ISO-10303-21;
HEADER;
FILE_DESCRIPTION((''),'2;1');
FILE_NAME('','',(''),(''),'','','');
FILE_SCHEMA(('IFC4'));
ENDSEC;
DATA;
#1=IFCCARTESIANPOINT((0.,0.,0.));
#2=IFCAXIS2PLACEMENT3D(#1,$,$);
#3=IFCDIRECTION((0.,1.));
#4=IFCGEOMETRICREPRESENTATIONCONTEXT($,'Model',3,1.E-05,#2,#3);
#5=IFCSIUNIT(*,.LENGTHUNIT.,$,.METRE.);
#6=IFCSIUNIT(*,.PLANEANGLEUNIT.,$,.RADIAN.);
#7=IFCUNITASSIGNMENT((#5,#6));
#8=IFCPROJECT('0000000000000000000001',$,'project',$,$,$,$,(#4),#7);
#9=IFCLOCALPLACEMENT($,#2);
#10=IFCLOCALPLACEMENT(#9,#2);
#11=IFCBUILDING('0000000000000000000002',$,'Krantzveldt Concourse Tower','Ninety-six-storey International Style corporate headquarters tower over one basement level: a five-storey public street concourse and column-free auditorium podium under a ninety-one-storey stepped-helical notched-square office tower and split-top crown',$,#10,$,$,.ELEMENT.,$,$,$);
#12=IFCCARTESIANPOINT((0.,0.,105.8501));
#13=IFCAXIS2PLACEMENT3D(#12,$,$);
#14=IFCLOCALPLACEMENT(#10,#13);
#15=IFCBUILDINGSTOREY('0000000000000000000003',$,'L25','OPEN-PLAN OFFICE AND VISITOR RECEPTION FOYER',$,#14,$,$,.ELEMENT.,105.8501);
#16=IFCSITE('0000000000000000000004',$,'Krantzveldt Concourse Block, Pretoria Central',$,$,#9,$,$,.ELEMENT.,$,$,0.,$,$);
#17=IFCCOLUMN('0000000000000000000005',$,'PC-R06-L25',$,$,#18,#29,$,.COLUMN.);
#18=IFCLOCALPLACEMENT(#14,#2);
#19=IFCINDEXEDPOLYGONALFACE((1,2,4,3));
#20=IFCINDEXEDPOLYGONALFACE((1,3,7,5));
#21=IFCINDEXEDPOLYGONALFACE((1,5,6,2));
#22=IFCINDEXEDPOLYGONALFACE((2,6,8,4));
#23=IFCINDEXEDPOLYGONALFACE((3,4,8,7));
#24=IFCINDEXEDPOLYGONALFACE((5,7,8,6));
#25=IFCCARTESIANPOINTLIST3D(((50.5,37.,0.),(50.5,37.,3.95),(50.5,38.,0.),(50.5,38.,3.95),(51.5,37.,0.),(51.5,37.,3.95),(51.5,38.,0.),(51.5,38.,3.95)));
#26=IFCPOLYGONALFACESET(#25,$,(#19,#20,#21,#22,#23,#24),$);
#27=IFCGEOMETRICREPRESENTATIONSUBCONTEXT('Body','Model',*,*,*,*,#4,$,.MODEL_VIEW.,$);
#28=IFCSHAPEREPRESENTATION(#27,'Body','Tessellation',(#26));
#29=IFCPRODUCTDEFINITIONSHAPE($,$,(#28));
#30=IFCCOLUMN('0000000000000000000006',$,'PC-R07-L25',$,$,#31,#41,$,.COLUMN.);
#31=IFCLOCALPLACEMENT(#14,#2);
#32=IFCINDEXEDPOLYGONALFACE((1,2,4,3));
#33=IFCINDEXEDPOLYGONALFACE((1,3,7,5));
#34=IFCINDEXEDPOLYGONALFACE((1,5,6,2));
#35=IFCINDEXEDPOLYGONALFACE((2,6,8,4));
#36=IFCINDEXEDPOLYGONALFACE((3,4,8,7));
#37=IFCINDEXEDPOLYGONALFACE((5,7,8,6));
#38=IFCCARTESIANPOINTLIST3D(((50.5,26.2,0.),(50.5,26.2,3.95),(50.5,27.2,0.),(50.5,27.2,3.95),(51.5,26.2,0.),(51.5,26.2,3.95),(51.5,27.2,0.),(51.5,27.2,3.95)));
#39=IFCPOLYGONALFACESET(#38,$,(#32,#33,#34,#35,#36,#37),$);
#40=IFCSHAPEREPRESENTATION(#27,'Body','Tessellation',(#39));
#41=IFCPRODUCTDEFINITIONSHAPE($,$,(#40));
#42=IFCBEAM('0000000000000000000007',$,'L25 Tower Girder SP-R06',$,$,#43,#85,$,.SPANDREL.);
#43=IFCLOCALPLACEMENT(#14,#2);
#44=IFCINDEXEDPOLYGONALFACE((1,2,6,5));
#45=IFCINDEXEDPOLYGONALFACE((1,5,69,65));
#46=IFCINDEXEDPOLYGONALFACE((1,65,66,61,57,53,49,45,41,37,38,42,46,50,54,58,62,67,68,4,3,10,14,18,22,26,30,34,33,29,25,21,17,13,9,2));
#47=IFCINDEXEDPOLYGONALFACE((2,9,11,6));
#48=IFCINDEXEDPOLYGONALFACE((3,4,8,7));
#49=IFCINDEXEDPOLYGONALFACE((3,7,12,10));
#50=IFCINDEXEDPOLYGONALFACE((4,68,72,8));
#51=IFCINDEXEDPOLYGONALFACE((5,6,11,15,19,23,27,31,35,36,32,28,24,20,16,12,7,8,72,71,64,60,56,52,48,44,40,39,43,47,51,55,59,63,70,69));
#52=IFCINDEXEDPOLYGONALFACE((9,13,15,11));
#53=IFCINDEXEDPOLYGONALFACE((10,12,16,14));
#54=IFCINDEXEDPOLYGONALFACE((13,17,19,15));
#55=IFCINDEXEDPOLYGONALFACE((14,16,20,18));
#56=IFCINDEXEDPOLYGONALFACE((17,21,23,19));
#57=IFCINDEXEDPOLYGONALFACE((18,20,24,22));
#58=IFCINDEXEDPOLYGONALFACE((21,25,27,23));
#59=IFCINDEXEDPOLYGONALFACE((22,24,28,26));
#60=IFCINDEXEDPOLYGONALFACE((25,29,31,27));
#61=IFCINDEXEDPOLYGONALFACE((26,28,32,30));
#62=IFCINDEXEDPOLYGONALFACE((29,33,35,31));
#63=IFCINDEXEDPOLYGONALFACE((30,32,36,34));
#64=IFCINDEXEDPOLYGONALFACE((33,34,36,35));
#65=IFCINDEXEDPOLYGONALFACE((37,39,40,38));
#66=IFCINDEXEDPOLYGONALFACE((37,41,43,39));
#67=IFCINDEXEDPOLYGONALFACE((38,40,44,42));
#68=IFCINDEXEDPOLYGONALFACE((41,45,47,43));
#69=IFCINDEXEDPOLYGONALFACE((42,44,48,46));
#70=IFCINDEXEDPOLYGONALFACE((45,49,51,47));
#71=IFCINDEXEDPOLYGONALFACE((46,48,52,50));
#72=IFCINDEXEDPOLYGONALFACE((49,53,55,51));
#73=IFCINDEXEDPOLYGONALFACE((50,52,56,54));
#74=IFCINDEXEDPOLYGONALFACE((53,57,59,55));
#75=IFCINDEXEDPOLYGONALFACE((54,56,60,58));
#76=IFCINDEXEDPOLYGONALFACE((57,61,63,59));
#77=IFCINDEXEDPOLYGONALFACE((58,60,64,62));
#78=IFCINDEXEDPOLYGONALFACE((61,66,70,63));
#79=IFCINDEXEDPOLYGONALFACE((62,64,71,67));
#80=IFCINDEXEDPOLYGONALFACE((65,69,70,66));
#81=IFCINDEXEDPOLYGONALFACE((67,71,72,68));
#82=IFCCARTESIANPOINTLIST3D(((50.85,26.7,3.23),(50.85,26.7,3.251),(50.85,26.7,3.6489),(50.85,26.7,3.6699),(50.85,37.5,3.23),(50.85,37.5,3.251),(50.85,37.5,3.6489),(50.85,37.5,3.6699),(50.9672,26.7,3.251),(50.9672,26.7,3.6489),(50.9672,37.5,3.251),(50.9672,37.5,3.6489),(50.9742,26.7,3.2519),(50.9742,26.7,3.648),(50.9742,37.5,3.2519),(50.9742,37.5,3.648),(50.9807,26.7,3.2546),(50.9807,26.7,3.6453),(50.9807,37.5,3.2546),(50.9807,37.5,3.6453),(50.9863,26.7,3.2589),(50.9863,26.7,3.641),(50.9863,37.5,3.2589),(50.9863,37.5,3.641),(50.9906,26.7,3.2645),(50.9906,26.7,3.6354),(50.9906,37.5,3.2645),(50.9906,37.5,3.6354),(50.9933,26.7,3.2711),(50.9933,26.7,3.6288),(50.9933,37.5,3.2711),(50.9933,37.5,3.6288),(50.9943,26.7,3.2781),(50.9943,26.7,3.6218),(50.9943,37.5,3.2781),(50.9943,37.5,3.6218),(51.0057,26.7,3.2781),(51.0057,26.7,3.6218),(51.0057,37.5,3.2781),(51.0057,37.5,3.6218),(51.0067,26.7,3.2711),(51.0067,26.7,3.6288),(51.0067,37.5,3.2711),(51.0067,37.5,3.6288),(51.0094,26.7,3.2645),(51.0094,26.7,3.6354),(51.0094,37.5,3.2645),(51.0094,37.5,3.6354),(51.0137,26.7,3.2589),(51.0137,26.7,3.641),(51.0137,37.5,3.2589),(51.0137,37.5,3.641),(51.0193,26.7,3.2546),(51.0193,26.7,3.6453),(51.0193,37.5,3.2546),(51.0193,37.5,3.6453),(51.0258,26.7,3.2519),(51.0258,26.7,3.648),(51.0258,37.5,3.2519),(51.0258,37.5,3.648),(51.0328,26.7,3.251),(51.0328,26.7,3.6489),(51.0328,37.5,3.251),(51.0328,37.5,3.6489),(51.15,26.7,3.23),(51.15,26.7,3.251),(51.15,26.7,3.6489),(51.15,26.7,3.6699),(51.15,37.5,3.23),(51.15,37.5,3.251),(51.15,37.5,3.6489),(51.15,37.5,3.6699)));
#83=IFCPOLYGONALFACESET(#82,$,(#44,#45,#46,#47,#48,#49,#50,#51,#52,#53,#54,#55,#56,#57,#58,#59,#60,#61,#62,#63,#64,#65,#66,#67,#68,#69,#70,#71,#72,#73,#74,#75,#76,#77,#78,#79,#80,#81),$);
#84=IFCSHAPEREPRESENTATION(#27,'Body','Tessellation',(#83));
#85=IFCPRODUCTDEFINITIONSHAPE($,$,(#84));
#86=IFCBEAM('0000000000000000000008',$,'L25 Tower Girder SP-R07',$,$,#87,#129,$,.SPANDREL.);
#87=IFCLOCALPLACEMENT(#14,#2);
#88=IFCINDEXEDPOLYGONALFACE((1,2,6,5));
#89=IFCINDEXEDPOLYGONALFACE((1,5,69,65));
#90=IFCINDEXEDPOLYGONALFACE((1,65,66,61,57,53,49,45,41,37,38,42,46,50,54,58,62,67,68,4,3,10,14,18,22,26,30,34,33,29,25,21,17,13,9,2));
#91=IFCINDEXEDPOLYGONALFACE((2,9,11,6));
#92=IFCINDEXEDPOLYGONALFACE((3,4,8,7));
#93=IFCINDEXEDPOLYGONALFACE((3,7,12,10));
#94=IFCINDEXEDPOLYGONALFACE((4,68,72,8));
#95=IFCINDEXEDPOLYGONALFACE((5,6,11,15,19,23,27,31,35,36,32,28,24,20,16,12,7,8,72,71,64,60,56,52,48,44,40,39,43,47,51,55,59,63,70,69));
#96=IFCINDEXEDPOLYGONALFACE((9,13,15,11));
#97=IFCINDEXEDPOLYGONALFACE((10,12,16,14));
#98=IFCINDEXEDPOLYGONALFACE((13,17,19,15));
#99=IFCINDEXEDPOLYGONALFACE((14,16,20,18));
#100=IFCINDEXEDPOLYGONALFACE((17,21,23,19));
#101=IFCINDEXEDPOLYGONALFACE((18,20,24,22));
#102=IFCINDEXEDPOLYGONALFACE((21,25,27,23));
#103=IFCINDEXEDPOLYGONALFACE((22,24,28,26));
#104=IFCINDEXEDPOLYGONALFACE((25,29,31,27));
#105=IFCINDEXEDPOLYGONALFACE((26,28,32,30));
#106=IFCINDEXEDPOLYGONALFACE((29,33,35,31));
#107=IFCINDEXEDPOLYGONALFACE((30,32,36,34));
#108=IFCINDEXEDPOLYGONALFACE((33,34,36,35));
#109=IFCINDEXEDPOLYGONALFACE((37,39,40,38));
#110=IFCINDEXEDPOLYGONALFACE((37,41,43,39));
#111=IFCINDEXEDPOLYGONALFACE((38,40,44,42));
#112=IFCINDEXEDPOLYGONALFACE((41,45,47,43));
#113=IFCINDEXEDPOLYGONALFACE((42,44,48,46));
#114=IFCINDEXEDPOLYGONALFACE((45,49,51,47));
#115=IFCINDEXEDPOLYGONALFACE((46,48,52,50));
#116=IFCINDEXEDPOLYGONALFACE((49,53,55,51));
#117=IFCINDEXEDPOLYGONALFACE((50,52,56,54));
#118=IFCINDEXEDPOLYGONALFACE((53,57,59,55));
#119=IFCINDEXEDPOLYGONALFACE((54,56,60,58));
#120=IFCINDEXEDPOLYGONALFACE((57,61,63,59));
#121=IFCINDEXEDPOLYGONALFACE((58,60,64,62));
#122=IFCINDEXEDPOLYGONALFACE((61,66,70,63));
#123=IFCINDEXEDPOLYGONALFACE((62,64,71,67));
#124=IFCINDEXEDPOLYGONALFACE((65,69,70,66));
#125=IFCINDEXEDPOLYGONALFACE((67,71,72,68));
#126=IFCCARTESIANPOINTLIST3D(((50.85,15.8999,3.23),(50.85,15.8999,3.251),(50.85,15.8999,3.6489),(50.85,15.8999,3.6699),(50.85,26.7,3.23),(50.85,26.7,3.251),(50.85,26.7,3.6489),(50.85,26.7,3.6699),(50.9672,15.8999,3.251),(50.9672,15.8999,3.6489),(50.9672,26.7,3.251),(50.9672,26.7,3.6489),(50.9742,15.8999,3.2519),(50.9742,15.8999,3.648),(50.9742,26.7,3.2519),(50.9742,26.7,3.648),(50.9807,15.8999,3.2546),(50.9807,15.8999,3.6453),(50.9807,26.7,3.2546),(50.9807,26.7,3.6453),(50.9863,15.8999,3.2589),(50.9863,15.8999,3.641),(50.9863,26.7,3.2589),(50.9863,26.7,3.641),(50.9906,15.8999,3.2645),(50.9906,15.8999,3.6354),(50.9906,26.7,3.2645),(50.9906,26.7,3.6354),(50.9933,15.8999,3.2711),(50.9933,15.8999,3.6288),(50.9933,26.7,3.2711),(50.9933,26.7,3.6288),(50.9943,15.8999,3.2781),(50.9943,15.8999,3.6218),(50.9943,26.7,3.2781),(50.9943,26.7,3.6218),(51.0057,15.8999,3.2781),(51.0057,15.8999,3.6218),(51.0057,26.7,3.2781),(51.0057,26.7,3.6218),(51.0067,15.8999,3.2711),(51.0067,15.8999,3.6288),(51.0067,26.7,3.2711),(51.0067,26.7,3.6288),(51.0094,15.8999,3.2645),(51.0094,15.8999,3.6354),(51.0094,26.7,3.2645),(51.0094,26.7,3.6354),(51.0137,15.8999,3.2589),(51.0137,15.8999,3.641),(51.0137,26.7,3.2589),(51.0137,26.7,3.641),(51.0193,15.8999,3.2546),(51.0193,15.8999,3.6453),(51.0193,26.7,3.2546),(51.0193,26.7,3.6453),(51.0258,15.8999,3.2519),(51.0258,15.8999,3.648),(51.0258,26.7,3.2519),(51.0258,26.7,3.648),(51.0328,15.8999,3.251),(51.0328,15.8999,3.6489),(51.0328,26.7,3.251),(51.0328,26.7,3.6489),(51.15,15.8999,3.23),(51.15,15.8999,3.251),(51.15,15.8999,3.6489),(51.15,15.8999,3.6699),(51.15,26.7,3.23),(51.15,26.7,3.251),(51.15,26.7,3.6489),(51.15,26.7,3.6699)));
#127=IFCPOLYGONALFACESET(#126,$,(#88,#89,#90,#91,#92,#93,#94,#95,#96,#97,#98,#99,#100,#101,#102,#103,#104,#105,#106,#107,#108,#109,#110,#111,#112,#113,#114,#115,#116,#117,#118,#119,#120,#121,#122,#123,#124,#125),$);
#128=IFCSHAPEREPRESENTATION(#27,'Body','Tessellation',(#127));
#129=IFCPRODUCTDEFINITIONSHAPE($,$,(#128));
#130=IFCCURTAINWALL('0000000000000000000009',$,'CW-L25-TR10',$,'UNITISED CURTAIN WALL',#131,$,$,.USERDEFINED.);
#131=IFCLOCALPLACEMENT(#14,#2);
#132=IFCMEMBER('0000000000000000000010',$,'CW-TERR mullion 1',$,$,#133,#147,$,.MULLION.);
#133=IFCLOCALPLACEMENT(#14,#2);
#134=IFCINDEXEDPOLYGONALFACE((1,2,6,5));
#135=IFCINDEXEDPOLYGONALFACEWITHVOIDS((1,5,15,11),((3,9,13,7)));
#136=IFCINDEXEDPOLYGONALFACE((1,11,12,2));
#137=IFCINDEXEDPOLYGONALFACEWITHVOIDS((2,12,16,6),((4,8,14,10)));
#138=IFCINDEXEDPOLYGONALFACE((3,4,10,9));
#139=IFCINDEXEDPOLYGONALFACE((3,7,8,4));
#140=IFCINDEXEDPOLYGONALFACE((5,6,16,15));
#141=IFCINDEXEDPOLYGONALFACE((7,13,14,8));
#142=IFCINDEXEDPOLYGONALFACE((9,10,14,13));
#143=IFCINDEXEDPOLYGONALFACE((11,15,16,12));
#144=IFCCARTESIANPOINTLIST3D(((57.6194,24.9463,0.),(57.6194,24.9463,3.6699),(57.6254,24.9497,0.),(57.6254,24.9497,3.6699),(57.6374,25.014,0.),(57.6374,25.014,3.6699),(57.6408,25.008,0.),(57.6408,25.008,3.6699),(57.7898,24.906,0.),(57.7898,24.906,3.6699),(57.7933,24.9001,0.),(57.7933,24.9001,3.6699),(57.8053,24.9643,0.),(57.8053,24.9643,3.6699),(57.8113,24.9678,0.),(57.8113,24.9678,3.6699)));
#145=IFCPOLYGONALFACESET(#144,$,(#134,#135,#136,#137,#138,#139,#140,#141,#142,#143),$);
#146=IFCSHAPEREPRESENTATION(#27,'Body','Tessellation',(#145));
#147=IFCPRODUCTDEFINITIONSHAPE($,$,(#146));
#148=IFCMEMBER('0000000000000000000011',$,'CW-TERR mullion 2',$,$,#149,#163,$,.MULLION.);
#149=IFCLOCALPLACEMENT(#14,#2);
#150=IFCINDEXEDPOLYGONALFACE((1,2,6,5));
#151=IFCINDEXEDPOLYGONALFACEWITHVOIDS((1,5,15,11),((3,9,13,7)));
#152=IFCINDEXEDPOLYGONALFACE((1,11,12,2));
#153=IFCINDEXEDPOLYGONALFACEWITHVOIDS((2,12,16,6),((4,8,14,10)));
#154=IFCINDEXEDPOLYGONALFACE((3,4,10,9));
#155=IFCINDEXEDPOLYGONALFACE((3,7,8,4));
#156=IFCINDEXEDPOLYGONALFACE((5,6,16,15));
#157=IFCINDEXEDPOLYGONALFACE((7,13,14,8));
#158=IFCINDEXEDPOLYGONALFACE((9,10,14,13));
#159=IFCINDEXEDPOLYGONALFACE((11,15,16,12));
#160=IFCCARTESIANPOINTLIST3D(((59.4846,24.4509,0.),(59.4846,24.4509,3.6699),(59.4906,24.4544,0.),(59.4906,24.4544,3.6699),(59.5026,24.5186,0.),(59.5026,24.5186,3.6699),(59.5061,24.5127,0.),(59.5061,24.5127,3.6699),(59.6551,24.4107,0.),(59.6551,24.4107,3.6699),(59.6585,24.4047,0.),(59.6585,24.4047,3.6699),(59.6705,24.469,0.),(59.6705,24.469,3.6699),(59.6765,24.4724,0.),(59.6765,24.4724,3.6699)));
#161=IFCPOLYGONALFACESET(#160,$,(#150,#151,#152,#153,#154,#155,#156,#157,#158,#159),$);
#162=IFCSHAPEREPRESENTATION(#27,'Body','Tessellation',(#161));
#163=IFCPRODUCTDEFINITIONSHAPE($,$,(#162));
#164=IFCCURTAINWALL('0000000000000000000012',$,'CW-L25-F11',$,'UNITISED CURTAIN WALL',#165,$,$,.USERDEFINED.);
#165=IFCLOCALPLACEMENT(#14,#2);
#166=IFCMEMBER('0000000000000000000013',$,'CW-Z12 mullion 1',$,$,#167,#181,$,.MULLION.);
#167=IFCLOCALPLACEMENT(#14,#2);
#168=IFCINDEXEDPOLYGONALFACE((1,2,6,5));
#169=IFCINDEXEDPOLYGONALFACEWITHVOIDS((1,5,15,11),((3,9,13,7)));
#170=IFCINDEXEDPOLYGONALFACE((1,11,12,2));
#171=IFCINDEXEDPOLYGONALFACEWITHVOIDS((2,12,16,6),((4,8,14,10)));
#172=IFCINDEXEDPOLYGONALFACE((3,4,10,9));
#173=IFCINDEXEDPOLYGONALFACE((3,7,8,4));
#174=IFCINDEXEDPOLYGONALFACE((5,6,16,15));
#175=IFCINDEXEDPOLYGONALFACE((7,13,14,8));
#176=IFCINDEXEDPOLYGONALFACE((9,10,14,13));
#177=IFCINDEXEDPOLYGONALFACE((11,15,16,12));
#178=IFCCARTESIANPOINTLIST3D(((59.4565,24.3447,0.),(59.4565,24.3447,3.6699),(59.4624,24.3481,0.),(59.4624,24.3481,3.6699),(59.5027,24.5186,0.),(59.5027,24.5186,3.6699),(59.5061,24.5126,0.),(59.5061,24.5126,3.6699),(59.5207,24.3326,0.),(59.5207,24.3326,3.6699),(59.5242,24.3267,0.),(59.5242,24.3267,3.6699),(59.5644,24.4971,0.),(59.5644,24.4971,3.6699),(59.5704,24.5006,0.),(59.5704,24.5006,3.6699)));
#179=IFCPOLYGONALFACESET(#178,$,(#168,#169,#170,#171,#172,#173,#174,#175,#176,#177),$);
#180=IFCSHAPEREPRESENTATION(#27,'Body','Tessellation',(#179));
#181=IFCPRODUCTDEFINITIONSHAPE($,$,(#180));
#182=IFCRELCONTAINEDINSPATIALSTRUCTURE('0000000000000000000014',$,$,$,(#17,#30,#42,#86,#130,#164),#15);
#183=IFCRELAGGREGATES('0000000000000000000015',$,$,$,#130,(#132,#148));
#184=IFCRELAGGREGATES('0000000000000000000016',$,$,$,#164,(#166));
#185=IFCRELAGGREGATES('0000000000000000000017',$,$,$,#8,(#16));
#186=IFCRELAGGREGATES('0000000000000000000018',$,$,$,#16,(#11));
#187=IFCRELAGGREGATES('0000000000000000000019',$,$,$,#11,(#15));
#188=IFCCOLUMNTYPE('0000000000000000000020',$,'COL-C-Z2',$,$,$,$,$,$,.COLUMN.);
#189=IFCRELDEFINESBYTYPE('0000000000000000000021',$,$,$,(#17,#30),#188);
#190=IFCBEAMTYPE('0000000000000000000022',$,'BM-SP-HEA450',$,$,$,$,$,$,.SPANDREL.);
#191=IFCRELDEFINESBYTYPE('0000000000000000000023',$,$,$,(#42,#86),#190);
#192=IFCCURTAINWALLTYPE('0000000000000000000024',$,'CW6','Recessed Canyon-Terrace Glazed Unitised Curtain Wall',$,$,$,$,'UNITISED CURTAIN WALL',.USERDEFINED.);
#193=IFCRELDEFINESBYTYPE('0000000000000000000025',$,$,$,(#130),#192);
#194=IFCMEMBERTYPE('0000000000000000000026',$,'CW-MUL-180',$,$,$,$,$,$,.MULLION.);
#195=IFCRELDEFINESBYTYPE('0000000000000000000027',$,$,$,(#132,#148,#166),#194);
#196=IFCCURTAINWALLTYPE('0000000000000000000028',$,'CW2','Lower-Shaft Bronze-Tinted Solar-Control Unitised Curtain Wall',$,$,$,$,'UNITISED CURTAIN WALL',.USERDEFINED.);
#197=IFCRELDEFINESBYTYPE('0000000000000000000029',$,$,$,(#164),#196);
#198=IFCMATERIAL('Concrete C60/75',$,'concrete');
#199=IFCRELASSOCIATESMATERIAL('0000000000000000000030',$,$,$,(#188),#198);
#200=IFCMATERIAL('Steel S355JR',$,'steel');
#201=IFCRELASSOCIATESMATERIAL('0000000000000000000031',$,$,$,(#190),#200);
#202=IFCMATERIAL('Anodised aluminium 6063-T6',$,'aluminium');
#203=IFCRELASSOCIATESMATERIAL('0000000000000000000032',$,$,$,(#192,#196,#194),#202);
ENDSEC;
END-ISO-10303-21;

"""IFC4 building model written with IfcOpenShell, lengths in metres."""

from ifc_helpers import new_model, si_unit, direction, frame, origin, origin_2d, place, context, subcontext, project, spatial, rectangle, hollow_rectangle, i_section, extrude, source, transform, mapped, material, material_profile, profile_set, type_object, type_shapes, element, aggregate, save


model = new_model("IFC4")

# Units and contexts
model_context = context("Model", 3, precision=1e-05, world=origin(), true_north=direction((0.0, 1.0)))
body_context = subcontext(model_context, "Body", "Model", "MODEL_VIEW")
ifc_project = project(units=[si_unit("LENGTHUNIT", "METRE"), si_unit("PLANEANGLEUNIT", "RADIAN")], contexts=[model_context])

# Site, building, storey
site_placement = place(None, origin())
site = spatial("IfcSite", under=ifc_project, at=site_placement, Name="Krantzveldt Concourse Block, Pretoria Central", CompositionType="ELEMENT", RefElevation=0.0)
building_placement = place(site_placement, origin())
building = spatial("IfcBuilding", under=site, at=building_placement, Name="Krantzveldt Concourse Tower", Description="Ninety-six-storey International Style corporate headquarters tower over one basement level: a five-storey public street concourse and column-free auditorium podium under a ninety-one-storey stepped-helical notched-square office tower and split-top crown", CompositionType="ELEMENT")
storey_placement = place(building_placement, frame((0.0, 0.0, 105.8501)))
storey = spatial("IfcBuildingStorey", under=building, at=storey_placement, Name="L25", Description="OPEN-PLAN OFFICE AND VISITOR RECEPTION FOYER", CompositionType="ELEMENT", Elevation=105.8501)

# Columns
ifc_material_1 = material(Name="Concrete C60/75", Category="concrete")
ifc_material_profile_1 = material_profile(ifc_material_1, rectangle(XDim=1.0, YDim=1.0, at=origin_2d()), Name="Concrete C60/75", Category="concrete")
ifc_profile_set_1 = profile_set([ifc_material_profile_1], Name="Concrete C60/75 - RC 1000x1000")
column_type = type_object("IfcColumnType", Name="COL-C-Z2", PredefinedType="COLUMN", material=ifc_profile_set_1)
shared_shape_1 = source(origin(), body_context, "Body", "SweptSolid", [
    extrude(rectangle(XDim=1.0, YDim=1.0, at=origin_2d()), origin(), (0.0, 0.0, 1.0), 3.95),
])
type_shapes(column_type, [shared_shape_1])
for number, where, z_axis, x_axis, name in (
    (1, (51.0, 37.5, 0.0), (0.0, 0.0, 1.0), (1.0, 0.0, 0.0), "PC-R06-L25"),
    (2, (51.0, 26.7, 0.0), (0.0, 0.0, 1.0), (1.0, 0.0, 0.0), "PC-R07-L25"),
):
    element("IfcColumn", number, at=place(storey_placement, frame(where, z_axis=z_axis, x_axis=x_axis)), inside=storey, type_object=column_type, Name=name, PredefinedType="COLUMN", context=body_context, shape_type="MappedRepresentation", body=[
        mapped(shared_shape_1, transform((0.0, 0.0, 0.0), x_axis=(1.0, 0.0, 0.0), y_axis=(0.0, 1.0, 0.0), z_axis=(0.0, 0.0, 1.0), scale=1.0)),
    ])

# Beams
ifc_material_2 = material(Name="Steel S355JR", Category="steel")
ifc_material_profile_2 = material_profile(ifc_material_2, i_section(OverallWidth=0.3, OverallDepth=0.4399, WebThickness=0.0115, FlangeThickness=0.021, FilletRadius=0.0271, at=origin_2d()), Name="Steel S355JR", Category="steel")
ifc_profile_set_2 = profile_set([ifc_material_profile_2], Name="Steel S355JR - HEA 450")
beam_type = type_object("IfcBeamType", Name="BM-SP-HEA450", PredefinedType="SPANDREL", material=ifc_profile_set_2)
shared_shape_2 = source(origin(), body_context, "Body", "SweptSolid", [
    extrude(i_section(OverallWidth=0.3, OverallDepth=0.4399, WebThickness=0.0115, FlangeThickness=0.021, FilletRadius=0.0271, at=origin_2d()), origin(), (0.0, 0.0, 1.0), 10.8),
])
type_shapes(beam_type, [shared_shape_2])
for number, where, z_axis, x_axis, name in (
    (3, (51.0, 37.5, 3.45), (0.0, -1.0, 0.0), (1.0, 0.0, 0.0), "L25 Tower Girder SP-R06"),
    (4, (51.0, 26.7, 3.45), (0.0, -1.0, 0.0), (1.0, 0.0, 0.0), "L25 Tower Girder SP-R07"),
):
    element("IfcBeam", number, at=place(storey_placement, frame(where, z_axis=z_axis, x_axis=x_axis)), inside=storey, type_object=beam_type, Name=name, PredefinedType="SPANDREL", context=body_context, shape_type="MappedRepresentation", body=[
        mapped(shared_shape_2, transform((0.0, 0.0, 0.0), x_axis=(1.0, 0.0, 0.0), y_axis=(0.0, 1.0, 0.0), z_axis=(0.0, 0.0, 1.0), scale=1.0)),
    ])

# Curtain walls, members
ifc_material_3 = material(Name="Anodised aluminium 6063-T6", Category="aluminium")
curtain_wall_type_1 = type_object("IfcCurtainWallType", Name="CW6", Description="Recessed Canyon-Terrace Glazed Unitised Curtain Wall", ElementType="UNITISED CURTAIN WALL", PredefinedType="USERDEFINED", material=ifc_material_3)
curtain_wall_1_placement = place(storey_placement, origin())
curtain_wall_1 = element("IfcCurtainWall", 5, at=curtain_wall_1_placement, inside=storey, type_object=curtain_wall_type_1, Name="CW-L25-TR10", ObjectType="UNITISED CURTAIN WALL", PredefinedType="USERDEFINED")
ifc_material_profile_3 = material_profile(ifc_material_3, hollow_rectangle(XDim=0.0701, YDim=0.1799, WallThickness=0.0049, at=origin_2d()), Name="Anodised aluminium 6063-T6", Category="aluminium")
ifc_profile_set_3 = profile_set([ifc_material_profile_3], Name="Anodised aluminium 6063-T6 - ALU-MULL 180x70x5")
member_type_1 = type_object("IfcMemberType", Name="CW-MUL-180", PredefinedType="MULLION", material=ifc_profile_set_3)
shared_shape_3 = source(origin(), body_context, "Body", "SweptSolid", [
    extrude(hollow_rectangle(XDim=0.0701, YDim=0.1799, WallThickness=0.0049, at=origin_2d()), origin(), (0.0, 0.0, 1.0), 3.6699),
])
type_shapes(member_type_1, [shared_shape_3])
member_1_placement = place(storey_placement, frame((57.7153, 24.957, 0.0), z_axis=(0.0, 0.0, 1.0), x_axis=(0.25671, 0.966489, 0.0)))
member_1 = element("IfcMember", 6, at=member_1_placement, type_object=member_type_1, Name="CW-TERR mullion 1", PredefinedType="MULLION", context=body_context, shape_type="MappedRepresentation", body=[
    mapped(shared_shape_3, transform((0.0, 0.0, 0.0), x_axis=(1.0, 0.0, 0.0), y_axis=(0.0, 1.0, 0.0), z_axis=(0.0, 0.0, 1.0), scale=1.0)),
])
member_2_placement = place(storey_placement, frame((59.5806, 24.4617, 0.0), z_axis=(0.0, 0.0, 1.0), x_axis=(0.25671, 0.966489, 0.0)))
member_2 = element("IfcMember", 7, at=member_2_placement, type_object=member_type_1, Name="CW-TERR mullion 2", PredefinedType="MULLION", context=body_context, shape_type="MappedRepresentation", body=[
    mapped(shared_shape_3, transform((0.0, 0.0, 0.0), x_axis=(1.0, 0.0, 0.0), y_axis=(0.0, 1.0, 0.0), z_axis=(0.0, 0.0, 1.0), scale=1.0)),
])
curtain_wall_type_2 = type_object("IfcCurtainWallType", Name="CW2", Description="Lower-Shaft Bronze-Tinted Solar-Control Unitised Curtain Wall", ElementType="UNITISED CURTAIN WALL", PredefinedType="USERDEFINED", material=ifc_material_3)
curtain_wall_2_placement = place(storey_placement, origin())
curtain_wall_2 = element("IfcCurtainWall", 8, at=curtain_wall_2_placement, inside=storey, type_object=curtain_wall_type_2, Name="CW-L25-F11", ObjectType="UNITISED CURTAIN WALL", PredefinedType="USERDEFINED")
member_3_placement = place(storey_placement, frame((59.5134, 24.4226, 0.0), z_axis=(0.0, 0.0, 1.0), x_axis=(-0.966488, 0.256711, 0.0)))
member_3 = element("IfcMember", 9, at=member_3_placement, type_object=member_type_1, Name="CW-Z12 mullion 1", PredefinedType="MULLION", context=body_context, shape_type="MappedRepresentation", body=[
    mapped(shared_shape_3, transform((0.0, 0.0, 0.0), x_axis=(1.0, 0.0, 0.0), y_axis=(0.0, 1.0, 0.0), z_axis=(0.0, 0.0, 1.0), scale=1.0)),
])

aggregate(curtain_wall_1, [member_1, member_2])
aggregate(curtain_wall_2, [member_3])

save(model, "model.ifc")
